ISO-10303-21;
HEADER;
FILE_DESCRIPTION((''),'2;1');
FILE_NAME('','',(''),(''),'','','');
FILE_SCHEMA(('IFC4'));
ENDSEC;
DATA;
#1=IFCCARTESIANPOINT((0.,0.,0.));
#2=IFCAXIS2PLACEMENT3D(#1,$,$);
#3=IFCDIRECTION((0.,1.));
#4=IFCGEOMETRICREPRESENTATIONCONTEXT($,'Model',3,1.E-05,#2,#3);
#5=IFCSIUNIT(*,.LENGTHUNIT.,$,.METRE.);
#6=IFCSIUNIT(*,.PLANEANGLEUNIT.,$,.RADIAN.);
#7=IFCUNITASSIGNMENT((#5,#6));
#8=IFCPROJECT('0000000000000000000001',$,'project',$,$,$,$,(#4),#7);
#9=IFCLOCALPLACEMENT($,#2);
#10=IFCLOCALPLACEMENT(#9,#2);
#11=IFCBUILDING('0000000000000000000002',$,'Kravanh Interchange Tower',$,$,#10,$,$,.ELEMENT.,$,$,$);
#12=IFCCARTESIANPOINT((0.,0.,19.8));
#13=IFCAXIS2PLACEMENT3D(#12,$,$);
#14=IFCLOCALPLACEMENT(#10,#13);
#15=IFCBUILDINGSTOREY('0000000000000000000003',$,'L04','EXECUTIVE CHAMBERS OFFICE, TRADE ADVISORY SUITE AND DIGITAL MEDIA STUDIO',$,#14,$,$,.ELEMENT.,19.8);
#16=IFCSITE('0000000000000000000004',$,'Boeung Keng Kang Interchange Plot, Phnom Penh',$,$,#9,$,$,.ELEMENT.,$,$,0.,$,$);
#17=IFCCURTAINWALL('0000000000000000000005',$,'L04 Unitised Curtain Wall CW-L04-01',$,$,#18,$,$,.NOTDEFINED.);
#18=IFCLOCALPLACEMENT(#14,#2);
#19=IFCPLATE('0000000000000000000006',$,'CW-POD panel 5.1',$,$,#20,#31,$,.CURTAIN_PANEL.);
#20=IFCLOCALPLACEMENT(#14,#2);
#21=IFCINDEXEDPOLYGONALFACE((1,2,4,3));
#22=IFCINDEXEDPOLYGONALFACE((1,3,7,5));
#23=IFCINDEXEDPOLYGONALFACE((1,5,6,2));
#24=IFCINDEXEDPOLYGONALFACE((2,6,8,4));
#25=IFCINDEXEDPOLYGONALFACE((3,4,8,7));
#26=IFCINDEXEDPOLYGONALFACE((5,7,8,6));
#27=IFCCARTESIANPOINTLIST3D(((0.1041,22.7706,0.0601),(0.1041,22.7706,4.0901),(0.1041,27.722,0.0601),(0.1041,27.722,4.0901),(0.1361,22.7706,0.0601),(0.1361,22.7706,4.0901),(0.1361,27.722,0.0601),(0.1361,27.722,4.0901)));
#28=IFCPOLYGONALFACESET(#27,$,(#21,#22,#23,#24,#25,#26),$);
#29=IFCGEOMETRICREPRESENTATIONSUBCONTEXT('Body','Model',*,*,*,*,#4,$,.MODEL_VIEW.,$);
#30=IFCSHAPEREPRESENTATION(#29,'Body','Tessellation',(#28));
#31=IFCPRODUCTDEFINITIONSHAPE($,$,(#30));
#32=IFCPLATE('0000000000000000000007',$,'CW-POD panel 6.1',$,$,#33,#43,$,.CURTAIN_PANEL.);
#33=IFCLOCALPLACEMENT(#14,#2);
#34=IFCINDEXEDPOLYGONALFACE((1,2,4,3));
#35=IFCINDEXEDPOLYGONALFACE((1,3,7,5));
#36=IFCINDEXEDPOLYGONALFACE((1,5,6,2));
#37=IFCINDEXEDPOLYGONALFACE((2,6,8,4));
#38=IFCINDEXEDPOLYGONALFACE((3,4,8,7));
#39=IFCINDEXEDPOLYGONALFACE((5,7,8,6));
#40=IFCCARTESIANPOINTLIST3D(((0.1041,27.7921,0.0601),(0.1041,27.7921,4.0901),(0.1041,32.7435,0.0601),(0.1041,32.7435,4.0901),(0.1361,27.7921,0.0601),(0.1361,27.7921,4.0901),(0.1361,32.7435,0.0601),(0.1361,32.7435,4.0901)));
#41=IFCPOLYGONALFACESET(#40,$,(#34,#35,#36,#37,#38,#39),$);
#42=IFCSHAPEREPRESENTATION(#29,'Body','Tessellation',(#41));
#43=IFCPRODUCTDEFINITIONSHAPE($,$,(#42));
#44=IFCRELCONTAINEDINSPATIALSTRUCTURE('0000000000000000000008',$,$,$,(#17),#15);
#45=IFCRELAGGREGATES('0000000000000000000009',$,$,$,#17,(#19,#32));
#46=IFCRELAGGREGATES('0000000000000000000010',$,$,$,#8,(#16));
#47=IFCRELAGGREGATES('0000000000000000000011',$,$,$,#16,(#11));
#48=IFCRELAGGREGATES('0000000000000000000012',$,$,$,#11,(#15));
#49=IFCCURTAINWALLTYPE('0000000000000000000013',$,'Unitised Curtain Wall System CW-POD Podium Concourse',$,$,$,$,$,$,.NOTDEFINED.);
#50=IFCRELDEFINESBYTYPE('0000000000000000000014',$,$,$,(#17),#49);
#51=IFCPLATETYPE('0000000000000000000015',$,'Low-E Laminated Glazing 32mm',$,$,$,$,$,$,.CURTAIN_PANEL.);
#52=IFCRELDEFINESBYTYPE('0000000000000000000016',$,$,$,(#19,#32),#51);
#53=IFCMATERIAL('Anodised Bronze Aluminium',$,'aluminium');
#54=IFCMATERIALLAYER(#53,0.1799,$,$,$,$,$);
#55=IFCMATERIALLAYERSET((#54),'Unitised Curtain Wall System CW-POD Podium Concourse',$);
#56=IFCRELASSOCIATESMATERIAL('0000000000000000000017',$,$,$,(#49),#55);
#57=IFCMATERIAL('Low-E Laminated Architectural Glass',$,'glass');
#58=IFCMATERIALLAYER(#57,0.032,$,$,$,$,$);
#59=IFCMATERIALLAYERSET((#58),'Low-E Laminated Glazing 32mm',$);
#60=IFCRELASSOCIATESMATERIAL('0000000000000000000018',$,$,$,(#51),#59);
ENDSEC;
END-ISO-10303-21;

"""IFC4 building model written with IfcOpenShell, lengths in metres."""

from ifc_helpers import new_model, si_unit, direction, frame, origin, origin_2d, place, context, subcontext, project, spatial, rectangle, extrude, material, layer, layer_set, type_object, element, aggregate, save


model = new_model("IFC4")

# Units and contexts
model_context = context("Model", 3, precision=1e-05, world=origin(), true_north=direction((0.0, 1.0)))
body_context = subcontext(model_context, "Body", "Model", "MODEL_VIEW")
ifc_project = project(units=[si_unit("LENGTHUNIT", "METRE"), si_unit("PLANEANGLEUNIT", "RADIAN")], contexts=[model_context])

# Site, building, storey
site_placement = place(None, origin())
site = spatial("IfcSite", under=ifc_project, at=site_placement, Name="Boeung Keng Kang Interchange Plot, Phnom Penh", CompositionType="ELEMENT", RefElevation=0.0)
building_placement = place(site_placement, origin())
building = spatial("IfcBuilding", under=site, at=building_placement, Name="Kravanh Interchange Tower", CompositionType="ELEMENT")
storey_placement = place(building_placement, frame((0.0, 0.0, 19.8)))
storey = spatial("IfcBuildingStorey", under=building, at=storey_placement, Name="L04", Description="EXECUTIVE CHAMBERS OFFICE, TRADE ADVISORY SUITE AND DIGITAL MEDIA STUDIO", CompositionType="ELEMENT", Elevation=19.8)

# Curtain wall
ifc_material_1 = material(Name="Anodised Bronze Aluminium", Category="aluminium")
ifc_layer_1 = layer(ifc_material_1, 0.1799)
ifc_layer_set_1 = layer_set([ifc_layer_1], Name="Unitised Curtain Wall System CW-POD Podium Concourse")
curtain_wall_type = type_object("IfcCurtainWallType", Name="Unitised Curtain Wall System CW-POD Podium Concourse", PredefinedType="NOTDEFINED", material=ifc_layer_set_1)
curtain_wall_placement = place(storey_placement, origin())
curtain_wall = element("IfcCurtainWall", 1, at=curtain_wall_placement, inside=storey, type_object=curtain_wall_type, Name="L04 Unitised Curtain Wall CW-L04-01", PredefinedType="NOTDEFINED")

# Plates
ifc_material_2 = material(Name="Low-E Laminated Architectural Glass", Category="glass")
ifc_layer_2 = layer(ifc_material_2, 0.032)
ifc_layer_set_2 = layer_set([ifc_layer_2], Name="Low-E Laminated Glazing 32mm")
plate_type = type_object("IfcPlateType", Name="Low-E Laminated Glazing 32mm", PredefinedType="CURTAIN_PANEL", material=ifc_layer_set_2)
plate_1_placement = place(storey_placement, frame((0.1201, 25.2463, 0.0601), z_axis=(0.0, 0.0, 1.0), x_axis=(0.0, 1.0, 0.0)))
plate_1 = element("IfcPlate", 2, at=plate_1_placement, type_object=plate_type, Name="CW-POD panel 5.1", PredefinedType="CURTAIN_PANEL", context=body_context, shape_type="SweptSolid", body=[
    extrude(rectangle(XDim=4.9514, YDim=0.032, at=origin_2d()), origin(), (0.0, 0.0, 1.0), 4.03),
])
plate_2_placement = place(storey_placement, frame((0.1201, 30.2678, 0.0601), z_axis=(0.0, 0.0, 1.0), x_axis=(0.0, 1.0, 0.0)))
plate_2 = element("IfcPlate", 3, at=plate_2_placement, type_object=plate_type, Name="CW-POD panel 6.1", PredefinedType="CURTAIN_PANEL", context=body_context, shape_type="SweptSolid", body=[
    extrude(rectangle(XDim=4.9514, YDim=0.032, at=origin_2d()), origin(), (0.0, 0.0, 1.0), 4.03),
])
aggregate(curtain_wall, [plate_1, plate_2])

save(model, "model.ifc")
